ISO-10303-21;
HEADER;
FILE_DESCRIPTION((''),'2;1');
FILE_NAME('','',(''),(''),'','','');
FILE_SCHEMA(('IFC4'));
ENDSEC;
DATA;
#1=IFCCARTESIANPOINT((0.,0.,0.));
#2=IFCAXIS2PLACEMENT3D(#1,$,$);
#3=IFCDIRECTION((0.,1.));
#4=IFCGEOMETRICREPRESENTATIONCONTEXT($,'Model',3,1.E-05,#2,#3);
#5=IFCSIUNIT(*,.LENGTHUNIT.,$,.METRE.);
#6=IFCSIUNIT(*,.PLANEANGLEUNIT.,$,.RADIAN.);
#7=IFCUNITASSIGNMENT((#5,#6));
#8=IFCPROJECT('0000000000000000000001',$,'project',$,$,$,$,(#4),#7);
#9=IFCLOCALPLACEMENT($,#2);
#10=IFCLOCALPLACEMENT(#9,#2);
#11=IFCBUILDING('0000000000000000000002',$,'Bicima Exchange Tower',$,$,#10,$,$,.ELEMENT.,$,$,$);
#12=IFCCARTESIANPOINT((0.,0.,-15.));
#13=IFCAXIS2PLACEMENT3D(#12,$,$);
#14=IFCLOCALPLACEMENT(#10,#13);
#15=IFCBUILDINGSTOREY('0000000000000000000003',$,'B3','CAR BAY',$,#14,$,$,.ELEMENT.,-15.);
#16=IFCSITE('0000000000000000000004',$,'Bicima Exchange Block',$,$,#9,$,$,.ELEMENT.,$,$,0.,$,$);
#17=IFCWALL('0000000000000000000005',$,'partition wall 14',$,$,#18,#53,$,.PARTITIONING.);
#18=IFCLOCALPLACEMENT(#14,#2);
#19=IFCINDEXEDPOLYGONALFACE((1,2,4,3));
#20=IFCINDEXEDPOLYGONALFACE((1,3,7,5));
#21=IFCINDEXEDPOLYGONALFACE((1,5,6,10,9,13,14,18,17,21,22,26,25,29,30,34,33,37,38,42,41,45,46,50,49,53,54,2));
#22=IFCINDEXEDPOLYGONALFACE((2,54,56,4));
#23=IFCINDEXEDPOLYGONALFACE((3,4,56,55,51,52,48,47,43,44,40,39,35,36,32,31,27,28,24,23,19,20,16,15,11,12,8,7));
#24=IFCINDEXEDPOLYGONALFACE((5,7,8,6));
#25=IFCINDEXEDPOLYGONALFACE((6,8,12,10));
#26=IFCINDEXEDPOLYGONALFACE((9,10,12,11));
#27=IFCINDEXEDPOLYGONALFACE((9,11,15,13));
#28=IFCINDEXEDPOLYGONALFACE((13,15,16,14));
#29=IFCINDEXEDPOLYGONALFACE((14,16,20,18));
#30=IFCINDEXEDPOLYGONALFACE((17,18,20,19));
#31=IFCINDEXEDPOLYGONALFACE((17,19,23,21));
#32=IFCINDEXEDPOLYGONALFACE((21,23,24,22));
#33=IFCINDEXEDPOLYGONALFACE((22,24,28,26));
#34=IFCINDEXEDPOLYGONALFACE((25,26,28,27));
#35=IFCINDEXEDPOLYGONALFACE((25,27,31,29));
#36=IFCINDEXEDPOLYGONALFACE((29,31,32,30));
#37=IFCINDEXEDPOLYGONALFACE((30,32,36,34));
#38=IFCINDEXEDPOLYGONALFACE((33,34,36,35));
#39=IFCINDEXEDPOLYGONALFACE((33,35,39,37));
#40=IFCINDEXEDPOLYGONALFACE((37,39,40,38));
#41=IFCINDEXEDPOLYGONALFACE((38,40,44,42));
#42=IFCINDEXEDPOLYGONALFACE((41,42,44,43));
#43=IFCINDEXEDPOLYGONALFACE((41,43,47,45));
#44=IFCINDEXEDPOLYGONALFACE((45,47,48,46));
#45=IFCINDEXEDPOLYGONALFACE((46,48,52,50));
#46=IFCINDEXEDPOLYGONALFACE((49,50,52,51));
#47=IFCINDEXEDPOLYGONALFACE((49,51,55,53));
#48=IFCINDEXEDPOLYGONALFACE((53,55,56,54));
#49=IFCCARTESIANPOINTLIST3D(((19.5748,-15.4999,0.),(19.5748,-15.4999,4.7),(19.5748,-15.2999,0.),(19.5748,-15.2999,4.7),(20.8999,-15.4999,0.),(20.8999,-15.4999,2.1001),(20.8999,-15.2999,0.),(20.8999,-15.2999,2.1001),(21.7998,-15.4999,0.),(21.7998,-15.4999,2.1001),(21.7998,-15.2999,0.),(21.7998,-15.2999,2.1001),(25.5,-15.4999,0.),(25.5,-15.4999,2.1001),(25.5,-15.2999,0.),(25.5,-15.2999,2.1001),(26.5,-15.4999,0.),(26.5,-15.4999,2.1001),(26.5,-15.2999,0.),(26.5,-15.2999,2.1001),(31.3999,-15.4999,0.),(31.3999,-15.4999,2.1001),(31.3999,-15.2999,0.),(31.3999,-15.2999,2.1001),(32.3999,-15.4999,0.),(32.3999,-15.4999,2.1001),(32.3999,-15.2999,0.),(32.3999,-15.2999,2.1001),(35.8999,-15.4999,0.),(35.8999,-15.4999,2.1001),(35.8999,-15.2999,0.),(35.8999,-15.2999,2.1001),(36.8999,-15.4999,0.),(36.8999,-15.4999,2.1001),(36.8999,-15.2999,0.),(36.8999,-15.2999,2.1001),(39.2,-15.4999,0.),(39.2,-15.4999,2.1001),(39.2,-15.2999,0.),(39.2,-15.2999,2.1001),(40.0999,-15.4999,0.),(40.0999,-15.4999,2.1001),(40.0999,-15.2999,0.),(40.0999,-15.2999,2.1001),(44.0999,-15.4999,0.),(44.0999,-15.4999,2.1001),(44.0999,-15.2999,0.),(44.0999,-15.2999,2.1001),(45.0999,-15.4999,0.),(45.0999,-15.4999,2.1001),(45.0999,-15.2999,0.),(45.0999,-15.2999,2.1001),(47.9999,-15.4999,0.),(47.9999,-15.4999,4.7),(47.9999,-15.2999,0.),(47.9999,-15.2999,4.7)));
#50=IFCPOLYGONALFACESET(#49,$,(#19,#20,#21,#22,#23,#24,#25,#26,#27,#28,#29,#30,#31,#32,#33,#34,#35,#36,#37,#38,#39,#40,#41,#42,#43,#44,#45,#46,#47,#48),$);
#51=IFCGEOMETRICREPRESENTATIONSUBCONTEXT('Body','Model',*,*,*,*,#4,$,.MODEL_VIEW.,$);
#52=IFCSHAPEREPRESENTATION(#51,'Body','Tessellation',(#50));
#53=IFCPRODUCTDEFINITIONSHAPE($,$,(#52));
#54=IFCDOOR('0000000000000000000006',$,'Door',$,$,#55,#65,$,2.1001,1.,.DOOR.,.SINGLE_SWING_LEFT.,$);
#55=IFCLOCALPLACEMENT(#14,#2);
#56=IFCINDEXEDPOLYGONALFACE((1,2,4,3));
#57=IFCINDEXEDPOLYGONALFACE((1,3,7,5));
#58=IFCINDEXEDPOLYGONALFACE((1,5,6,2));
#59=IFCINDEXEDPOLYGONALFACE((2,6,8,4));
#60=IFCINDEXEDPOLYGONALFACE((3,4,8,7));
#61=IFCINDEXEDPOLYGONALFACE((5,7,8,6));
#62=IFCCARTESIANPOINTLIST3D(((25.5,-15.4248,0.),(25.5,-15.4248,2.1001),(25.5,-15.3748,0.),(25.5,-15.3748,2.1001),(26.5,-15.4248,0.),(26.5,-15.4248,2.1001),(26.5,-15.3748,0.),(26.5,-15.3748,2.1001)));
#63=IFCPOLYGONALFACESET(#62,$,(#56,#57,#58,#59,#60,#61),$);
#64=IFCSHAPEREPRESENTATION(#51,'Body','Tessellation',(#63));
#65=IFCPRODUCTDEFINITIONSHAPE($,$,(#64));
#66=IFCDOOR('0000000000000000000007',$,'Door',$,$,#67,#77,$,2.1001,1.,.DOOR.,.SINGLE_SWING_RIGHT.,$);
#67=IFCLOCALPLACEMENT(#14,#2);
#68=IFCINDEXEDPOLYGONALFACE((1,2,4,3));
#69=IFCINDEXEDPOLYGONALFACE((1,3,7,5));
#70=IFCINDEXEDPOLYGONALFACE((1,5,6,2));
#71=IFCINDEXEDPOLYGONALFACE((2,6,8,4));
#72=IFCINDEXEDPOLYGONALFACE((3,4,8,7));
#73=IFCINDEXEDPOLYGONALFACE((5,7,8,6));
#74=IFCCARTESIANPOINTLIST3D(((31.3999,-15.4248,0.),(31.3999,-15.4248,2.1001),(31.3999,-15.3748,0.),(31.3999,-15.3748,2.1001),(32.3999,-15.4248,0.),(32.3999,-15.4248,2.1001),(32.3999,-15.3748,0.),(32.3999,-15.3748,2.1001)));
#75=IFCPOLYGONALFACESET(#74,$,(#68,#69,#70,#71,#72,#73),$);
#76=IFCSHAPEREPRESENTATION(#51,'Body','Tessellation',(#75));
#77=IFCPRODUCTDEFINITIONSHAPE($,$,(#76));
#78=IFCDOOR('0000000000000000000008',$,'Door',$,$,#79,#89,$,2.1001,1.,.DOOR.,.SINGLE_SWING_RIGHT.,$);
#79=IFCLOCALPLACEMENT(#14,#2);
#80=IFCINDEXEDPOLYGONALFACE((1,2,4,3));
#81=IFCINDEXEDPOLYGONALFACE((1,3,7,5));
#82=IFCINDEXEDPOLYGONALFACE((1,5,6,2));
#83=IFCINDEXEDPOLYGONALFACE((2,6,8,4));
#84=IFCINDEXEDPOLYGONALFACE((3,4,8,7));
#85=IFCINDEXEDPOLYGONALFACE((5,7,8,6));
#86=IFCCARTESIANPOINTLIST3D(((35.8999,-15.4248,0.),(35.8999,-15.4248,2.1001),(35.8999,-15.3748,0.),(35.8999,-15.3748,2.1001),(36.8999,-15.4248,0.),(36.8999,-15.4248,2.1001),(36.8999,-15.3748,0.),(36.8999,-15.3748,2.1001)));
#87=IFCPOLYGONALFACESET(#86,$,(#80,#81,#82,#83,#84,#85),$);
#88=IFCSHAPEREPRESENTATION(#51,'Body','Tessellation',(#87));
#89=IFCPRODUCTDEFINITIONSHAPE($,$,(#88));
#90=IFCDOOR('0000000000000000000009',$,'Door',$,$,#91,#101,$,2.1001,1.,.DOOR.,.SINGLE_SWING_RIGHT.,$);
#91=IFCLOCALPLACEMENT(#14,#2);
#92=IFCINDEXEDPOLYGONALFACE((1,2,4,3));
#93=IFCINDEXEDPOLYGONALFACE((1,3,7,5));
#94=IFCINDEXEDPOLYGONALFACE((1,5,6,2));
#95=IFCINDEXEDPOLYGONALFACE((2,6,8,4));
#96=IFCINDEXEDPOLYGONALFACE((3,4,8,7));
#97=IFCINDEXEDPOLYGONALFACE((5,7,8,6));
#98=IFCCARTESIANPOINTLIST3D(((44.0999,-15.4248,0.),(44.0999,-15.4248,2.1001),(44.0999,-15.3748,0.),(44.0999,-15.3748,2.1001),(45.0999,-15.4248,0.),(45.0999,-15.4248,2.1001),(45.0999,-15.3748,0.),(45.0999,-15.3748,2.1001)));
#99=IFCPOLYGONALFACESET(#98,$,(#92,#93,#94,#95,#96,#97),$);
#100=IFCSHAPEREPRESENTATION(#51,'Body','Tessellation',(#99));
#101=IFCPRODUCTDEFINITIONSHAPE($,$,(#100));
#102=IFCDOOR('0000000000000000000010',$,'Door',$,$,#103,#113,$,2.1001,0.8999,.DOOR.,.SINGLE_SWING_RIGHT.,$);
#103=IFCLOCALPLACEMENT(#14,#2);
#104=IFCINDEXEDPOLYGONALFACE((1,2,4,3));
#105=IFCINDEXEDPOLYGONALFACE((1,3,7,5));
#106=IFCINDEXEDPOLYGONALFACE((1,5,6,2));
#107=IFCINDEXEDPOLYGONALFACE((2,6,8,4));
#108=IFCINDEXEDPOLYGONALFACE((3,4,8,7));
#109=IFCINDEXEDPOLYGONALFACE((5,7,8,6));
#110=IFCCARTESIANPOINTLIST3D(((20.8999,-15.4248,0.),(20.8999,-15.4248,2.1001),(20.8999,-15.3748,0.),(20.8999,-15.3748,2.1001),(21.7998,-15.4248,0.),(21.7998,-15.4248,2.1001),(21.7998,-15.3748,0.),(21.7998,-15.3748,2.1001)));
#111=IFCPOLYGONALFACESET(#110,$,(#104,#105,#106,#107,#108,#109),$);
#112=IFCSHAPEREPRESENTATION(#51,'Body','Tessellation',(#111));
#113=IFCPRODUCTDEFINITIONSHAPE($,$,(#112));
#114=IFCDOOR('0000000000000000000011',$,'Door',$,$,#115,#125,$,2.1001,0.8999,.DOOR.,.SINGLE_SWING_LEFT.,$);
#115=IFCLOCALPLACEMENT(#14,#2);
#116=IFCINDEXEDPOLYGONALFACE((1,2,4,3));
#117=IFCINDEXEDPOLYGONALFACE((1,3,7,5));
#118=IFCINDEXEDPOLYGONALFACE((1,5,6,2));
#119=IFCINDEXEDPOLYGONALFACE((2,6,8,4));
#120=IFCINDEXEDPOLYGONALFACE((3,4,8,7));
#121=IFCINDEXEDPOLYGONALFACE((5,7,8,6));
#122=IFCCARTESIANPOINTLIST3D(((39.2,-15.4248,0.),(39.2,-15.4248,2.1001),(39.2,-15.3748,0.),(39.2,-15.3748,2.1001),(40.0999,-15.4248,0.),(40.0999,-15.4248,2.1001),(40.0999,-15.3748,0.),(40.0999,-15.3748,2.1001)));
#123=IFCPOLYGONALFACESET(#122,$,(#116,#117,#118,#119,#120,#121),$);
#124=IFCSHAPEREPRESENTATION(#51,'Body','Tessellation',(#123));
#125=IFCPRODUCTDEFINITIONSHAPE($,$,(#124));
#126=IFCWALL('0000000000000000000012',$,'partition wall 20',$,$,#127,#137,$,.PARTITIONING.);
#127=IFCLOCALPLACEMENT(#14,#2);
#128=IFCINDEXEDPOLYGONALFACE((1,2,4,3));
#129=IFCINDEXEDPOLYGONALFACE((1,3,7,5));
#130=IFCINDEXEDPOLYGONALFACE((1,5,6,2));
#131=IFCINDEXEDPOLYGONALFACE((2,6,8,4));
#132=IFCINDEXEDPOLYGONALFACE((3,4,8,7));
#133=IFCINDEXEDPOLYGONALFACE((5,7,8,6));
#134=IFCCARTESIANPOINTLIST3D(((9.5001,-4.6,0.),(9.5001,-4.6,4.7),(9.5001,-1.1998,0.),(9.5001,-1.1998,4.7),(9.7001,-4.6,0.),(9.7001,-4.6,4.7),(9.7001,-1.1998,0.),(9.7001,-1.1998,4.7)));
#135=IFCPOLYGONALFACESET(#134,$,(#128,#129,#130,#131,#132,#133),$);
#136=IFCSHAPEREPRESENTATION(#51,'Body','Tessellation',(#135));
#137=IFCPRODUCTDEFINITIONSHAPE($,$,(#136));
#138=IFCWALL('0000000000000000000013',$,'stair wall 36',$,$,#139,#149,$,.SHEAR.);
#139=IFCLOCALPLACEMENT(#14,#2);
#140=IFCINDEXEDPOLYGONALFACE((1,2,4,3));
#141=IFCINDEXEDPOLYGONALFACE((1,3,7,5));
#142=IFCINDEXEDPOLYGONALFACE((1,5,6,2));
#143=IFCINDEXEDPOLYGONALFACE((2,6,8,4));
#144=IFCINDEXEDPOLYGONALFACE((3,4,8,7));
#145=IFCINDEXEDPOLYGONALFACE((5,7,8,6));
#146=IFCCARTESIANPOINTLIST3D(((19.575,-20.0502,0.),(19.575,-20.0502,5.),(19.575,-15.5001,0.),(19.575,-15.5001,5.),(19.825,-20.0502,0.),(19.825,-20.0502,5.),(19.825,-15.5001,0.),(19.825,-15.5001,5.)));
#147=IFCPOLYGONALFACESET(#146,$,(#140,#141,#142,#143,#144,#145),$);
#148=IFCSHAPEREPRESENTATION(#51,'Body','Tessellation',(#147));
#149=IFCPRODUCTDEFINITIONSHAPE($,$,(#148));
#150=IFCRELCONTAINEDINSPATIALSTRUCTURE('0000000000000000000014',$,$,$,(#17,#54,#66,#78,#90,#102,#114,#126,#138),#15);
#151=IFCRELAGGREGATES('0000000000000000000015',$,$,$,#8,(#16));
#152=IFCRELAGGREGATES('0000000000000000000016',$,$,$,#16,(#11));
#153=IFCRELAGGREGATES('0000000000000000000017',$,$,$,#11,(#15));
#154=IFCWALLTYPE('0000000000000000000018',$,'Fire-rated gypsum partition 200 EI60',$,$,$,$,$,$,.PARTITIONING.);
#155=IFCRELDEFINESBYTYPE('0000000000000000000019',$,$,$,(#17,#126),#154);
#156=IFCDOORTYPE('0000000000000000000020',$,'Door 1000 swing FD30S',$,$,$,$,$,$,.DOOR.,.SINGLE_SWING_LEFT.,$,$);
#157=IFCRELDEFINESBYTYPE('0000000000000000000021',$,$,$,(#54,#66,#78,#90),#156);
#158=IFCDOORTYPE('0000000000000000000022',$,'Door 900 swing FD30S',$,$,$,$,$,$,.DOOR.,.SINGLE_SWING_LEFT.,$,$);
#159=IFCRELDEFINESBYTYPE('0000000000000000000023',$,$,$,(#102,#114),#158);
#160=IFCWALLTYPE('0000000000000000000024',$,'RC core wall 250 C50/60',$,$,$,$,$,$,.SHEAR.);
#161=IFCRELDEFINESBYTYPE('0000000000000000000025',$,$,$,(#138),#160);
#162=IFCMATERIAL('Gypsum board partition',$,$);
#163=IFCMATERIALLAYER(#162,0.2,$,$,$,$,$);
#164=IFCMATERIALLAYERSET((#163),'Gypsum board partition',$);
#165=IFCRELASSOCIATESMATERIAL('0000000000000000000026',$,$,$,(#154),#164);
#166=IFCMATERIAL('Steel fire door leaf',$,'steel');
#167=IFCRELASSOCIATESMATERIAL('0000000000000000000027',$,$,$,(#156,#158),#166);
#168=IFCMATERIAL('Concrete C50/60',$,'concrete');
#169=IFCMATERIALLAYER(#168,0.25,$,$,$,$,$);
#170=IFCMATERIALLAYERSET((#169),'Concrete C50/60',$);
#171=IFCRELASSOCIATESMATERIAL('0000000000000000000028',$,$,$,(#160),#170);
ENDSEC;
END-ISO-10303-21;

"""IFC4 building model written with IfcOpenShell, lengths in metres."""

from ifc_helpers import new_model, si_unit, direction, frame, frame_2d, origin, place, context, subcontext, project, spatial, rectangle, extrude, material, layer, layer_set, type_object, element, fill, save


model = new_model("IFC4")

# Units and contexts
model_context = context("Model", 3, precision=1e-05, world=origin(), true_north=direction((0.0, 1.0)))
body_context = subcontext(model_context, "Body", "Model", "MODEL_VIEW")
ifc_project = project(units=[si_unit("LENGTHUNIT", "METRE"), si_unit("PLANEANGLEUNIT", "RADIAN")], contexts=[model_context])

# Site, building, storey
site_placement = place(None, origin())
site = spatial("IfcSite", under=ifc_project, at=site_placement, Name="Bicima Exchange Block", CompositionType="ELEMENT", RefElevation=0.0)
building_placement = place(site_placement, origin())
building = spatial("IfcBuilding", under=site, at=building_placement, Name="Bicima Exchange Tower", CompositionType="ELEMENT")
storey_placement = place(building_placement, frame((0.0, 0.0, -15.0)))
storey = spatial("IfcBuildingStorey", under=building, at=storey_placement, Name="B3", Description="CAR BAY", CompositionType="ELEMENT", Elevation=-15.0)

# Wall, openings, doors
ifc_material_1 = material(Name="Gypsum board partition")
ifc_layer_1 = layer(ifc_material_1, 0.2)
ifc_layer_set_1 = layer_set([ifc_layer_1], Name="Gypsum board partition")
wall_type_1 = type_object("IfcWallType", Name="Fire-rated gypsum partition 200 EI60", PredefinedType="PARTITIONING", material=ifc_layer_set_1)
wall_1_placement = place(storey_placement, frame((19.575, -15.3999, 0.0), z_axis=(0.0, 0.0, 1.0), x_axis=(1.0, 0.0, 0.0)))
wall_1 = element("IfcWall", 1, at=wall_1_placement, inside=storey, type_object=wall_type_1, Name="partition wall 14", PredefinedType="PARTITIONING", context=body_context, shape_type="SweptSolid", body=[
    extrude(rectangle(XDim=28.425, YDim=0.2, at=frame_2d((14.2124, 0.0))), origin(), (0.0, 0.0, 1.0), 4.7),
])
opening_1_placement = place(wall_1_placement, frame((1.325, 0.0, 0.0)))
opening_1 = element("IfcOpeningElement", 2, at=opening_1_placement, cuts=wall_1, PredefinedType="OPENING", context=body_context, shape_type="SweptSolid", body=[
    extrude(rectangle(XDim=0.8999, YDim=2.1001, at=frame_2d((0.45, 1.05))), frame((0.0, 0.1118, 0.0), z_axis=(0.0, -1.0, 0.0), x_axis=(1.0, 0.0, 0.0)), (0.0, 0.0, 1.0), 0.2239),
])
opening_2_placement = place(wall_1_placement, frame((5.925, 0.0, 0.0)))
opening_2 = element("IfcOpeningElement", 3, at=opening_2_placement, cuts=wall_1, PredefinedType="OPENING", context=body_context, shape_type="SweptSolid", body=[
    extrude(rectangle(XDim=1.0, YDim=2.1001, at=frame_2d((0.5, 1.05))), frame((0.0, 0.1118, 0.0), z_axis=(0.0, -1.0, 0.0), x_axis=(1.0, 0.0, 0.0)), (0.0, 0.0, 1.0), 0.2239),
])
opening_3_placement = place(wall_1_placement, frame((11.825, 0.0, 0.0)))
opening_3 = element("IfcOpeningElement", 4, at=opening_3_placement, cuts=wall_1, PredefinedType="OPENING", context=body_context, shape_type="SweptSolid", body=[
    extrude(rectangle(XDim=1.0, YDim=2.1001, at=frame_2d((0.5, 1.05))), frame((0.0, 0.1118, 0.0), z_axis=(0.0, -1.0, 0.0), x_axis=(1.0, 0.0, 0.0)), (0.0, 0.0, 1.0), 0.2239),
])
opening_4_placement = place(wall_1_placement, frame((16.325, 0.0, 0.0)))
opening_4 = element("IfcOpeningElement", 5, at=opening_4_placement, cuts=wall_1, PredefinedType="OPENING", context=body_context, shape_type="SweptSolid", body=[
    extrude(rectangle(XDim=1.0, YDim=2.1001, at=frame_2d((0.5, 1.05))), frame((0.0, 0.1118, 0.0), z_axis=(0.0, -1.0, 0.0), x_axis=(1.0, 0.0, 0.0)), (0.0, 0.0, 1.0), 0.2239),
])
opening_5_placement = place(wall_1_placement, frame((19.625, 0.0, 0.0)))
opening_5 = element("IfcOpeningElement", 6, at=opening_5_placement, cuts=wall_1, PredefinedType="OPENING", context=body_context, shape_type="SweptSolid", body=[
    extrude(rectangle(XDim=0.8999, YDim=2.1001, at=frame_2d((0.45, 1.05))), frame((0.0, 0.1118, 0.0), z_axis=(0.0, -1.0, 0.0), x_axis=(1.0, 0.0, 0.0)), (0.0, 0.0, 1.0), 0.2239),
])
opening_6_placement = place(wall_1_placement, frame((24.5249, 0.0, 0.0)))
opening_6 = element("IfcOpeningElement", 7, at=opening_6_placement, cuts=wall_1, PredefinedType="OPENING", context=body_context, shape_type="SweptSolid", body=[
    extrude(rectangle(XDim=1.0, YDim=2.1001, at=frame_2d((0.5, 1.05))), frame((0.0, 0.1118, 0.0), z_axis=(0.0, -1.0, 0.0), x_axis=(1.0, 0.0, 0.0)), (0.0, 0.0, 1.0), 0.2239),
])
ifc_material_2 = material(Name="Steel fire door leaf", Category="steel")
door_type_1 = type_object("IfcDoorType", Name="Door 1000 swing FD30S", OperationType="SINGLE_SWING_LEFT", PredefinedType="DOOR", material=ifc_material_2)
door_1_placement = place(opening_2_placement, frame((1.0, 0.0, 0.0), z_axis=(0.0, 0.0, 1.0), x_axis=(-1.0, 0.0, 0.0)))
door_1 = element("IfcDoor", 8, at=door_1_placement, inside=storey, type_object=door_type_1, Name="Door", OperationType="SINGLE_SWING_LEFT", OverallHeight=2.1001, OverallWidth=1.0, PredefinedType="DOOR", context=body_context, shape_type="SweptSolid", body=[
    extrude(rectangle(XDim=1.0, YDim=2.1001, at=frame_2d((0.5, 1.05))), frame((0.0, 0.0249, 0.0), z_axis=(0.0, -1.0, 0.0), x_axis=(1.0, 0.0, 0.0)), (0.0, 0.0, 1.0), 0.05),
])
fill(opening_2, door_1)
door_2_placement = place(opening_3_placement, frame((1.0, 0.0, 0.0), z_axis=(0.0, 0.0, 1.0), x_axis=(-1.0, 0.0, 0.0)))
door_2 = element("IfcDoor", 9, at=door_2_placement, inside=storey, type_object=door_type_1, Name="Door", OperationType="SINGLE_SWING_RIGHT", OverallHeight=2.1001, OverallWidth=1.0, PredefinedType="DOOR", context=body_context, shape_type="SweptSolid", body=[
    extrude(rectangle(XDim=1.0, YDim=2.1001, at=frame_2d((0.5, 1.05))), frame((0.0, 0.0249, 0.0), z_axis=(0.0, -1.0, 0.0), x_axis=(1.0, 0.0, 0.0)), (0.0, 0.0, 1.0), 0.05),
])
fill(opening_3, door_2)
door_3_placement = place(opening_4_placement, frame((1.0, 0.0, 0.0), z_axis=(0.0, 0.0, 1.0), x_axis=(-1.0, 0.0, 0.0)))
door_3 = element("IfcDoor", 10, at=door_3_placement, inside=storey, type_object=door_type_1, Name="Door", OperationType="SINGLE_SWING_RIGHT", OverallHeight=2.1001, OverallWidth=1.0, PredefinedType="DOOR", context=body_context, shape_type="SweptSolid", body=[
    extrude(rectangle(XDim=1.0, YDim=2.1001, at=frame_2d((0.5, 1.05))), frame((0.0, 0.0249, 0.0), z_axis=(0.0, -1.0, 0.0), x_axis=(1.0, 0.0, 0.0)), (0.0, 0.0, 1.0), 0.05),
])
fill(opening_4, door_3)
door_4_placement = place(opening_6_placement, frame((1.0, 0.0, 0.0), z_axis=(0.0, 0.0, 1.0), x_axis=(-1.0, 0.0, 0.0)))
door_4 = element("IfcDoor", 11, at=door_4_placement, inside=storey, type_object=door_type_1, Name="Door", OperationType="SINGLE_SWING_RIGHT", OverallHeight=2.1001, OverallWidth=1.0, PredefinedType="DOOR", context=body_context, shape_type="SweptSolid", body=[
    extrude(rectangle(XDim=1.0, YDim=2.1001, at=frame_2d((0.5, 1.05))), frame((0.0, 0.0249, 0.0), z_axis=(0.0, -1.0, 0.0), x_axis=(1.0, 0.0, 0.0)), (0.0, 0.0, 1.0), 0.05),
])
fill(opening_6, door_4)
door_type_2 = type_object("IfcDoorType", Name="Door 900 swing FD30S", OperationType="SINGLE_SWING_LEFT", PredefinedType="DOOR", material=ifc_material_2)
door_5_placement = place(opening_1_placement, frame((0.8999, 0.0, 0.0), z_axis=(0.0, 0.0, 1.0), x_axis=(-1.0, 0.0, 0.0)))
door_5 = element("IfcDoor", 12, at=door_5_placement, inside=storey, type_object=door_type_2, Name="Door", OperationType="SINGLE_SWING_RIGHT", OverallHeight=2.1001, OverallWidth=0.8999, PredefinedType="DOOR", context=body_context, shape_type="SweptSolid", body=[
    extrude(rectangle(XDim=0.8999, YDim=2.1001, at=frame_2d((0.45, 1.05))), frame((0.0, 0.0249, 0.0), z_axis=(0.0, -1.0, 0.0), x_axis=(1.0, 0.0, 0.0)), (0.0, 0.0, 1.0), 0.05),
])
fill(opening_1, door_5)
door_6_placement = place(opening_5_placement, frame((0.8999, 0.0, 0.0), z_axis=(0.0, 0.0, 1.0), x_axis=(-1.0, 0.0, 0.0)))
door_6 = element("IfcDoor", 13, at=door_6_placement, inside=storey, type_object=door_type_2, Name="Door", OperationType="SINGLE_SWING_LEFT", OverallHeight=2.1001, OverallWidth=0.8999, PredefinedType="DOOR", context=body_context, shape_type="SweptSolid", body=[
    extrude(rectangle(XDim=0.8999, YDim=2.1001, at=frame_2d((0.45, 1.05))), frame((0.0, 0.0249, 0.0), z_axis=(0.0, -1.0, 0.0), x_axis=(1.0, 0.0, 0.0)), (0.0, 0.0, 1.0), 0.05),
])
fill(opening_5, door_6)

# Walls
wall_2_placement = place(storey_placement, frame((9.6001, -4.6001, 0.0), z_axis=(0.0, 0.0, 1.0), x_axis=(0.0, 1.0, 0.0)))
element("IfcWall", 14, at=wall_2_placement, inside=storey, type_object=wall_type_1, Name="partition wall 20", PredefinedType="PARTITIONING", context=body_context, shape_type="SweptSolid", body=[
    extrude(rectangle(XDim=3.4001, YDim=0.2, at=frame_2d((1.7002, 0.0))), origin(), (0.0, 0.0, 1.0), 4.7),
])
ifc_material_3 = material(Name="Concrete C50/60", Category="concrete")
ifc_layer_2 = layer(ifc_material_3, 0.25)
ifc_layer_set_2 = layer_set([ifc_layer_2], Name="Concrete C50/60")
wall_type_2 = type_object("IfcWallType", Name="RC core wall 250 C50/60", PredefinedType="SHEAR", material=ifc_layer_set_2)
wall_3_placement = place(storey_placement, frame((19.7, -20.05, 0.0), z_axis=(0.0, 0.0, 1.0), x_axis=(0.0, 1.0, 0.0)))
element("IfcWall", 15, at=wall_3_placement, inside=storey, type_object=wall_type_2, Name="stair wall 36", PredefinedType="SHEAR", context=body_context, shape_type="SweptSolid", body=[
    extrude(rectangle(XDim=4.55, YDim=0.25, at=frame_2d((2.2749, 0.0))), origin(), (0.0, 0.0, 1.0), 5.0),
])

save(model, "model.ifc")
